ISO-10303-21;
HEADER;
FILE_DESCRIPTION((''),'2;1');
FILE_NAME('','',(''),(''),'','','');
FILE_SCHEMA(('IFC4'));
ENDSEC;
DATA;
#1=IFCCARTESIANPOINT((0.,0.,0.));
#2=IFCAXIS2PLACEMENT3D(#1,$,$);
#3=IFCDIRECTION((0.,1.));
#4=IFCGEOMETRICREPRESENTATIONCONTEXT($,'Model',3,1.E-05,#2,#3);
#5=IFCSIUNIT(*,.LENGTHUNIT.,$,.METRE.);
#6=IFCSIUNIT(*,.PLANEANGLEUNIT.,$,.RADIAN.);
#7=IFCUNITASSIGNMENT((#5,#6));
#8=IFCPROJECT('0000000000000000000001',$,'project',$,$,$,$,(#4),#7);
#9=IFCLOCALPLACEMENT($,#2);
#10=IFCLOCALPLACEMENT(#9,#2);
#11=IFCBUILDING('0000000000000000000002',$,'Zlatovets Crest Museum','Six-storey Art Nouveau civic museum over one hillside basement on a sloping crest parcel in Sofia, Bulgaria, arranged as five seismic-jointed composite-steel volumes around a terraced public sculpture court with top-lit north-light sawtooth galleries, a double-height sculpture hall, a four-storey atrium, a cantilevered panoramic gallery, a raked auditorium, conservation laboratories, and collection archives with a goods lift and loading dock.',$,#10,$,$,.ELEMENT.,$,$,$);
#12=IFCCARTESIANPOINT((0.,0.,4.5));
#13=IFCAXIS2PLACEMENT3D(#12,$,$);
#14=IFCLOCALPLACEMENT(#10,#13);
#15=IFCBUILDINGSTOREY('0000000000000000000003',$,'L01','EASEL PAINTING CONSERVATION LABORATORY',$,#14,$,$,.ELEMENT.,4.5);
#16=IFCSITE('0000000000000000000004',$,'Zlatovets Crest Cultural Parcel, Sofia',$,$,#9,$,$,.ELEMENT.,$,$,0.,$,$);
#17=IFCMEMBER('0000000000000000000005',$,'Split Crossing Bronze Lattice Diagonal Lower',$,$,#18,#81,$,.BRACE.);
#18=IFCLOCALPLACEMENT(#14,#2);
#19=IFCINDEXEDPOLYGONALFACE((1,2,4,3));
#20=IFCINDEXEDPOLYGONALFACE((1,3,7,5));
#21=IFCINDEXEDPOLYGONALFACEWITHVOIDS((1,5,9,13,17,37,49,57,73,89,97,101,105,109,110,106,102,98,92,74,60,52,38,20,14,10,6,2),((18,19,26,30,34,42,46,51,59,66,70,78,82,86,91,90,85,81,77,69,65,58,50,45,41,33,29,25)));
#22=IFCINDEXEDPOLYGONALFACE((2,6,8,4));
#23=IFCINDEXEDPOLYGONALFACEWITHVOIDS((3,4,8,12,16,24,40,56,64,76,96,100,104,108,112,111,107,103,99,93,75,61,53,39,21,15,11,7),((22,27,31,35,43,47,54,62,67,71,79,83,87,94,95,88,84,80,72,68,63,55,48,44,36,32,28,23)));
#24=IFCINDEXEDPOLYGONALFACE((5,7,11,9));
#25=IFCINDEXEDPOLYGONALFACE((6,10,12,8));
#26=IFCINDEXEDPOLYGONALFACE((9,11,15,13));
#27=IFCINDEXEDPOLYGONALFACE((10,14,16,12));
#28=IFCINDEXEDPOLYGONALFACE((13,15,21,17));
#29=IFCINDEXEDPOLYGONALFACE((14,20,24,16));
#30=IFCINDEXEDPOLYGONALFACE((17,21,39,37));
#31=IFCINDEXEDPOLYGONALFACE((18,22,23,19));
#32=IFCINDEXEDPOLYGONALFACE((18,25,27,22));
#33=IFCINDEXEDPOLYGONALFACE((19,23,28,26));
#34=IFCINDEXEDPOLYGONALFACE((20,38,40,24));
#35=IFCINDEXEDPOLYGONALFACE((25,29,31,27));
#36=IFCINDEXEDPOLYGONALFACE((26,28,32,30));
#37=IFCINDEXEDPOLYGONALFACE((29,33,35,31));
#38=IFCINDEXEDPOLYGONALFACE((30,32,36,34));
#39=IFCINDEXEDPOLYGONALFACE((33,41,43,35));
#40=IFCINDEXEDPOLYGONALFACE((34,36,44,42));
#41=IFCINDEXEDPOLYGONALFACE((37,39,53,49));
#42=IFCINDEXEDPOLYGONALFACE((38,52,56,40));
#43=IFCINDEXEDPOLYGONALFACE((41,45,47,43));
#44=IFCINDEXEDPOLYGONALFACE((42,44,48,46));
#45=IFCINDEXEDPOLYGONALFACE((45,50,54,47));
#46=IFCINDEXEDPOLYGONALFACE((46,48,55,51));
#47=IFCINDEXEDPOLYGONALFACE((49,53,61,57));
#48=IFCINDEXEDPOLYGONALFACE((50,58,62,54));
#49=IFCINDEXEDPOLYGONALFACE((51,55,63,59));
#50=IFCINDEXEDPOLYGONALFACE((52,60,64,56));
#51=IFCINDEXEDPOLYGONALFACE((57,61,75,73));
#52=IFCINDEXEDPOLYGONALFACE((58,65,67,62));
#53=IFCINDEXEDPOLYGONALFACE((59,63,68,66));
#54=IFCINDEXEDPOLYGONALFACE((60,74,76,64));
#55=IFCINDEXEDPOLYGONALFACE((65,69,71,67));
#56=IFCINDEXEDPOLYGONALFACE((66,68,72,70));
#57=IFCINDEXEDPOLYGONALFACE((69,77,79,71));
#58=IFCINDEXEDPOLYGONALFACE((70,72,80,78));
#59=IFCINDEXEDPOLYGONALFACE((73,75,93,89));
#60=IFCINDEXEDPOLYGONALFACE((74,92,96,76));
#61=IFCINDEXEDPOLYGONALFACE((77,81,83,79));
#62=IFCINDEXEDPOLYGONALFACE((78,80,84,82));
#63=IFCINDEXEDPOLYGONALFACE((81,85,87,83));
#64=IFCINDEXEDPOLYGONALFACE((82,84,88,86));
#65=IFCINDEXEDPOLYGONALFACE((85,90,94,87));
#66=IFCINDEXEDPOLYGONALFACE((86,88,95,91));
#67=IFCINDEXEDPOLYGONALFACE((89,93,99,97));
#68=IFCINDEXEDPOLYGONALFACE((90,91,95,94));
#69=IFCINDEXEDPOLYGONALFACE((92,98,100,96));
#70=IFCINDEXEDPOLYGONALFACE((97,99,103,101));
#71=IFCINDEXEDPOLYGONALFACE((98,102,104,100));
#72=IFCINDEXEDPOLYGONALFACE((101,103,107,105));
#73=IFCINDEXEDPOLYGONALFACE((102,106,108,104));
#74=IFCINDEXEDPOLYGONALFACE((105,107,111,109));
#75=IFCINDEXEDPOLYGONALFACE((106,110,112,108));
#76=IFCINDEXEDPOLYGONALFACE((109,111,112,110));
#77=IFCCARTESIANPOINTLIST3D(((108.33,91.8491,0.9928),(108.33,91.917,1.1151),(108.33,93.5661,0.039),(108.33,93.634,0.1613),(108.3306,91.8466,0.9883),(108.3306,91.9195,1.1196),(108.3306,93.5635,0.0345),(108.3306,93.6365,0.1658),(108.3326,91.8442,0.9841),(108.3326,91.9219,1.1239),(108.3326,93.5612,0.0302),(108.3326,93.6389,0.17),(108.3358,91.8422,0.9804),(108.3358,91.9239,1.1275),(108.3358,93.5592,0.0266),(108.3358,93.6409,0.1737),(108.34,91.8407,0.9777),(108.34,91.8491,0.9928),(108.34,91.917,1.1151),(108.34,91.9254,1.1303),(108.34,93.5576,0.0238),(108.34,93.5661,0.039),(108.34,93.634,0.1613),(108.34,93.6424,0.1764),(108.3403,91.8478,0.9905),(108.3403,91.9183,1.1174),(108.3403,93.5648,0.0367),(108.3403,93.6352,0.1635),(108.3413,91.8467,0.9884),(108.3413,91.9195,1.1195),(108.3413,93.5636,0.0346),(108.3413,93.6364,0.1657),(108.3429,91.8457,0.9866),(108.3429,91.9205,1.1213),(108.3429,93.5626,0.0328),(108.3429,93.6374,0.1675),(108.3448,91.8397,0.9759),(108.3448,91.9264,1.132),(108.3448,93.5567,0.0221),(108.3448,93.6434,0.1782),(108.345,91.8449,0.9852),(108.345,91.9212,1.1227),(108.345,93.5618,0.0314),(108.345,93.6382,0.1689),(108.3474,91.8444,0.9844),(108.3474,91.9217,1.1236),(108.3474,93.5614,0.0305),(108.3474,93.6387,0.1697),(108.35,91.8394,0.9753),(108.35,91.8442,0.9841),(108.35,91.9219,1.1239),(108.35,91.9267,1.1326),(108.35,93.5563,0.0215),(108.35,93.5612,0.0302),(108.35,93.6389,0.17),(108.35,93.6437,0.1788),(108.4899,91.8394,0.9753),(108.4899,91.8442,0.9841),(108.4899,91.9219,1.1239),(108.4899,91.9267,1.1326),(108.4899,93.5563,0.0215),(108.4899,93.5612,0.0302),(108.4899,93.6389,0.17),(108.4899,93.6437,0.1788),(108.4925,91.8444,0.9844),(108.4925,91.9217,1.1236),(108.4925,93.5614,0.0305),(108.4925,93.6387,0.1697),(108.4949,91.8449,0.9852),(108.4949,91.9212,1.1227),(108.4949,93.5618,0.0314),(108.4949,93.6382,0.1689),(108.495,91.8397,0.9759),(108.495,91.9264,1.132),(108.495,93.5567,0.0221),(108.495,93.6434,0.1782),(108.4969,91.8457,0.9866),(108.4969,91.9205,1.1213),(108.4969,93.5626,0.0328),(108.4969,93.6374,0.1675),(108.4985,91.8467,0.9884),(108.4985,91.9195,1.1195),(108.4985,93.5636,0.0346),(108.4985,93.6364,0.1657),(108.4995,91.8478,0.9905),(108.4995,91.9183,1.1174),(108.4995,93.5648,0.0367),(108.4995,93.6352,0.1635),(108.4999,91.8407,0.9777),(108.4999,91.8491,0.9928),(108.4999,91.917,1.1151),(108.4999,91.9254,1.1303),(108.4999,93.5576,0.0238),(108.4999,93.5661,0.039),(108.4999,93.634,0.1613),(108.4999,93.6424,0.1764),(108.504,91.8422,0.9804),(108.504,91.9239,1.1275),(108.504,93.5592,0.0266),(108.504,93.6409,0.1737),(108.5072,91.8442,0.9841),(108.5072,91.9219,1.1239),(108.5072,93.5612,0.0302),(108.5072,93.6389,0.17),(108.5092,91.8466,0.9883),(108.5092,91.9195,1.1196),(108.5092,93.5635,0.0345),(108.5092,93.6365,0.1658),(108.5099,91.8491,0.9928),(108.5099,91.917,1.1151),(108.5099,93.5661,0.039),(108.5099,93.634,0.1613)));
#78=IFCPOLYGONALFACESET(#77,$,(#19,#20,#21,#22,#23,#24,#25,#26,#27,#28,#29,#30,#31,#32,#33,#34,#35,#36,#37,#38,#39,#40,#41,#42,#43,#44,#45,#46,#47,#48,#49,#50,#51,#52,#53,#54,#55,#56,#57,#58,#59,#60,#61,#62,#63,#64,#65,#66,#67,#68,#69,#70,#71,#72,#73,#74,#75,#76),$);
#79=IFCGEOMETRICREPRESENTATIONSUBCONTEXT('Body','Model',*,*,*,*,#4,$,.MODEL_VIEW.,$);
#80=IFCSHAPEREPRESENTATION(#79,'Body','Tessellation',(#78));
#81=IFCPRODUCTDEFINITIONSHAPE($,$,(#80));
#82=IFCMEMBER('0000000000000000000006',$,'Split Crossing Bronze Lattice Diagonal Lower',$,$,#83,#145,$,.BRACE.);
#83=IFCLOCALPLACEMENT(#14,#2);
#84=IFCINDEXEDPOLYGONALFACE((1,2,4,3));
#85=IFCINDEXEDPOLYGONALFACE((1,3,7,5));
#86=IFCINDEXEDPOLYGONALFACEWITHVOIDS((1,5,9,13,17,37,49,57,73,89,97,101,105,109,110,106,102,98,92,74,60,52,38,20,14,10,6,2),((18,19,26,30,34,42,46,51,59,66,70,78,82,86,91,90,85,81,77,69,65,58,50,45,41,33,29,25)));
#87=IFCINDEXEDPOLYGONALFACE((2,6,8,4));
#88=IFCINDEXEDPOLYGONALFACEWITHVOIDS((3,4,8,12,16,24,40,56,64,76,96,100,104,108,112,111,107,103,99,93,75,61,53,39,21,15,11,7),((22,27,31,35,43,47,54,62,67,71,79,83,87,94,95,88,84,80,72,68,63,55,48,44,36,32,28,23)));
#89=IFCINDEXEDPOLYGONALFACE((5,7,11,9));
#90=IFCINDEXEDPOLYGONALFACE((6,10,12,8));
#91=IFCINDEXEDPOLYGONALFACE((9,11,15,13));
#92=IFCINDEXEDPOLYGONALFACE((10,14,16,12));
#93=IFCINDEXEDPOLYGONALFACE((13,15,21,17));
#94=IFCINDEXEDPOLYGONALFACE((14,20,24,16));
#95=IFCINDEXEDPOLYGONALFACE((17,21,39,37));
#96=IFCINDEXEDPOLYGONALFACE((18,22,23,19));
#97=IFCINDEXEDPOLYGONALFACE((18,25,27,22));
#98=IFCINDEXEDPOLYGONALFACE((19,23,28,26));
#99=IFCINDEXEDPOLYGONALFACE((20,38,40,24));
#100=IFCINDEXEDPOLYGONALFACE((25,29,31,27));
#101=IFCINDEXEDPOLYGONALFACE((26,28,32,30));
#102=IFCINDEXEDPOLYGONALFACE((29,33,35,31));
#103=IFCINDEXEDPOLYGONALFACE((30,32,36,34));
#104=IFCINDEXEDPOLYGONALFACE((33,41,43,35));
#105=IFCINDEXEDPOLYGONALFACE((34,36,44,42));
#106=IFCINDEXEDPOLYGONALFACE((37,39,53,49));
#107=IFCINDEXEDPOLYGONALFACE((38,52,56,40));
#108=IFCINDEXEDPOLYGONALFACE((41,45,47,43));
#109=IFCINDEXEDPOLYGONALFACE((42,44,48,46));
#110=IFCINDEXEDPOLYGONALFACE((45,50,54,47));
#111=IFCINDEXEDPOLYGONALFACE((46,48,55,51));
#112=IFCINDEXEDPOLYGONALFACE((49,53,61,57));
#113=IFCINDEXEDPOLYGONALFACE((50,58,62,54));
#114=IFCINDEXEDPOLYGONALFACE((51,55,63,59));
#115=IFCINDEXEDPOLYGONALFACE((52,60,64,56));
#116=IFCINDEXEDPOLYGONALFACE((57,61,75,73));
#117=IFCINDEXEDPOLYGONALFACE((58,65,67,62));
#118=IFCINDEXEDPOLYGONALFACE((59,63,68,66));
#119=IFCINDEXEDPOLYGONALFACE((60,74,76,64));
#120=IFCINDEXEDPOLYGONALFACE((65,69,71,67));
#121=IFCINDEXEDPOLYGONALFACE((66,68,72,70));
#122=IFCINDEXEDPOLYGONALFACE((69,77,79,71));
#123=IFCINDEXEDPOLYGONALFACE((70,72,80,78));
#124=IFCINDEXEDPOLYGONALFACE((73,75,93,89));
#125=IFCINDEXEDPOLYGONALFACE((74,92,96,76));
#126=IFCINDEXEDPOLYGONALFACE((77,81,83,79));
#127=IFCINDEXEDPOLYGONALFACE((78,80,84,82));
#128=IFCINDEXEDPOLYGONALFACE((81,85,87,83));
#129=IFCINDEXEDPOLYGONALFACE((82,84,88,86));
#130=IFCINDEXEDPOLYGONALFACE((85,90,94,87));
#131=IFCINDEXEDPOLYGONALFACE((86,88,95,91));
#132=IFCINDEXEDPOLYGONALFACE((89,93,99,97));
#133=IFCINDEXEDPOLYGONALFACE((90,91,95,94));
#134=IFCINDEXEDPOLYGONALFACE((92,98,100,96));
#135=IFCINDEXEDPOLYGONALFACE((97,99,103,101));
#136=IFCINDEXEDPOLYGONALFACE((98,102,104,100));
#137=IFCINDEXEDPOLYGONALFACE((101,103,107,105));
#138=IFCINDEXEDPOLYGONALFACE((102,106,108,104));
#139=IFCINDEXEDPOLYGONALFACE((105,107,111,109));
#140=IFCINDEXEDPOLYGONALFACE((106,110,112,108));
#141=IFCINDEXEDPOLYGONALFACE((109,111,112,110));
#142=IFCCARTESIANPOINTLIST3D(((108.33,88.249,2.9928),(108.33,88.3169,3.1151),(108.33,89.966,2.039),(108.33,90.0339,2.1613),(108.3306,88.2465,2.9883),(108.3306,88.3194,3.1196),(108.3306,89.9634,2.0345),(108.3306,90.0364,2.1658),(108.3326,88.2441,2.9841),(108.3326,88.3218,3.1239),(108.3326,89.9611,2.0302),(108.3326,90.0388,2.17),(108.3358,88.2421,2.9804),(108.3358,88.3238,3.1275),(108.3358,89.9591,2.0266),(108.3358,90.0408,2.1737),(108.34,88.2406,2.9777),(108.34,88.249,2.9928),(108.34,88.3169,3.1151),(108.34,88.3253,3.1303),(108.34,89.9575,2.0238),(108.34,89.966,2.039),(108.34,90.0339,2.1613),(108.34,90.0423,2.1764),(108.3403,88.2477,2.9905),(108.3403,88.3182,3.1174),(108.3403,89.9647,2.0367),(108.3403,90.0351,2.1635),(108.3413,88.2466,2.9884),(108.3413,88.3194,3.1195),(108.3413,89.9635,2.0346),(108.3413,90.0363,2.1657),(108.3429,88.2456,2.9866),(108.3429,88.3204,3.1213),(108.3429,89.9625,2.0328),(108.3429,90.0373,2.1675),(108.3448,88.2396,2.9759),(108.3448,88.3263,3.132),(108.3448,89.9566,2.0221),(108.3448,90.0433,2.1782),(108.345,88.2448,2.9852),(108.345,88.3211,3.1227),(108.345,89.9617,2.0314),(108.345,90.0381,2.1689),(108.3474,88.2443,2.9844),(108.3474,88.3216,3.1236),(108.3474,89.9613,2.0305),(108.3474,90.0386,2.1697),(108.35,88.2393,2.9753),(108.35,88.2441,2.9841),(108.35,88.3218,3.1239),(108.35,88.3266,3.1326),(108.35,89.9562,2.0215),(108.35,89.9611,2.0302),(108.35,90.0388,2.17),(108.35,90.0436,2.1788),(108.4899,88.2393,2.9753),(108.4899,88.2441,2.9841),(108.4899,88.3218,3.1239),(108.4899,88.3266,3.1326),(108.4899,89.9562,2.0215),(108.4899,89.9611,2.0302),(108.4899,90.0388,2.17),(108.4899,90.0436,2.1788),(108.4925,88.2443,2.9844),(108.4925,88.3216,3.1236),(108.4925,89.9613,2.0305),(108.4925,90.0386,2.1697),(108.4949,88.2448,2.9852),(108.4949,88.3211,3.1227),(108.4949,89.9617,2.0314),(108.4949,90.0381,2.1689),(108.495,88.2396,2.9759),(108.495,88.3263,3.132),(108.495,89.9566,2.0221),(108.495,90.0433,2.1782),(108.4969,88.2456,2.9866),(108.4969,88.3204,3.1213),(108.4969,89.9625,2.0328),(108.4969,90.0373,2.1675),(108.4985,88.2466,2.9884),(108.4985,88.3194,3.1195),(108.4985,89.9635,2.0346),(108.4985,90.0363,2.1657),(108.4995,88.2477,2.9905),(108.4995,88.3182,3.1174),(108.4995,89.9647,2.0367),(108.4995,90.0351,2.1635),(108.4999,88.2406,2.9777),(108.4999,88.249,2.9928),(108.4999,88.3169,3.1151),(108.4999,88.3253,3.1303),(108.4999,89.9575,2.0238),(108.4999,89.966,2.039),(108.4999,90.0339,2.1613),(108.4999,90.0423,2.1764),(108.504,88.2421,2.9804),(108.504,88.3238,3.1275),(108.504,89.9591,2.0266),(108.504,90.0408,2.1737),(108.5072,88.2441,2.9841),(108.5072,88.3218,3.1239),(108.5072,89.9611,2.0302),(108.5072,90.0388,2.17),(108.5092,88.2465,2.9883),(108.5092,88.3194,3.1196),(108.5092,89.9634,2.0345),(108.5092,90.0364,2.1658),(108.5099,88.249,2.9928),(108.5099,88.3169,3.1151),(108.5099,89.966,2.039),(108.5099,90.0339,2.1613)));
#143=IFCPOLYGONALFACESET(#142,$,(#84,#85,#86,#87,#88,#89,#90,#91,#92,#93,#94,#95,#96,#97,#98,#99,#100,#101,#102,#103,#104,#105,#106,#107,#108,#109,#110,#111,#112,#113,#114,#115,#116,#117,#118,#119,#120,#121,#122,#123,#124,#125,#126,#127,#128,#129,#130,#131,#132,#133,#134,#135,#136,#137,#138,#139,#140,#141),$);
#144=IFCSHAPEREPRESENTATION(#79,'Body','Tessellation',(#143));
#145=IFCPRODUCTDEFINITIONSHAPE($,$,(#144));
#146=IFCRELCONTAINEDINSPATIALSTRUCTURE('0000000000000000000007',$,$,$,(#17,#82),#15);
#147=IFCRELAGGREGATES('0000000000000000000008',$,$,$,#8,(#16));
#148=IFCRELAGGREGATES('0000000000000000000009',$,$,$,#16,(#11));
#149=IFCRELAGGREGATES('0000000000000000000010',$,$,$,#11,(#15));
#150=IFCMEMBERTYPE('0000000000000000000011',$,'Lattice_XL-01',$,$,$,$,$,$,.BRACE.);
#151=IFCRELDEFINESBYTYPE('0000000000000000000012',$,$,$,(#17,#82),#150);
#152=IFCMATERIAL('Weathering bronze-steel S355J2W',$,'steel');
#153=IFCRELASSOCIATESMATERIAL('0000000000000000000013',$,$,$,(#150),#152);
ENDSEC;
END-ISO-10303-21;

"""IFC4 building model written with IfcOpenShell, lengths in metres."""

from ifc_helpers import new_model, si_unit, direction, frame, origin, origin_2d, place, context, subcontext, project, spatial, hollow_rectangle, extrude, material, material_profile, profile_set, type_object, element, save


model = new_model("IFC4")

# Units and contexts
model_context = context("Model", 3, precision=1e-05, world=origin(), true_north=direction((0.0, 1.0)))
body_context = subcontext(model_context, "Body", "Model", "MODEL_VIEW")
ifc_project = project(units=[si_unit("LENGTHUNIT", "METRE"), si_unit("PLANEANGLEUNIT", "RADIAN")], contexts=[model_context])

# Site, building, storey
site_placement = place(None, origin())
site = spatial("IfcSite", under=ifc_project, at=site_placement, Name="Zlatovets Crest Cultural Parcel, Sofia", CompositionType="ELEMENT", RefElevation=0.0)
building_placement = place(site_placement, origin())
building = spatial("IfcBuilding", under=site, at=building_placement, Name="Zlatovets Crest Museum", Description="Six-storey Art Nouveau civic museum over one hillside basement on a sloping crest parcel in Sofia, Bulgaria, arranged as five seismic-jointed composite-steel volumes around a terraced public sculpture court with top-lit north-light sawtooth galleries, a double-height sculpture hall, a four-storey atrium, a cantilevered panoramic gallery, a raked auditorium, conservation laboratories, and collection archives with a goods lift and loading dock.", CompositionType="ELEMENT")
storey_placement = place(building_placement, frame((0.0, 0.0, 4.5)))
storey = spatial("IfcBuildingStorey", under=building, at=storey_placement, Name="L01", Description="EASEL PAINTING CONSERVATION LABORATORY", CompositionType="ELEMENT", Elevation=4.5)

# Members
ifc_material_1 = material(Name="Weathering bronze-steel S355J2W", Category="steel")
ifc_material_profile_1 = material_profile(ifc_material_1, hollow_rectangle(XDim=0.1799, YDim=0.1799, WallThickness=0.01, InnerFilletRadius=0.01, OuterFilletRadius=0.02, at=origin_2d()), Name="SHS 180x180x10.0")
ifc_profile_set_1 = profile_set([ifc_material_profile_1], Name="Weathering bronze-steel S355J2W")
member_type_1 = type_object("IfcMemberType", Name="Lattice_XL-01", PredefinedType="BRACE", material=ifc_profile_set_1)
for number, where, z_axis, x_axis, name in (
    (1, (108.4199, 91.8831, 1.054), (0.0, 0.874169, -0.485622), (-1.0, 0.0, 0.0), "Split Crossing Bronze Lattice Diagonal Lower"),
    (2, (108.4199, 88.283, 3.054), (0.0, 0.874169, -0.485622), (-1.0, 0.0, 0.0), "Split Crossing Bronze Lattice Diagonal Lower"),
):
    element("IfcMember", number, at=place(storey_placement, frame(where, z_axis=z_axis, x_axis=x_axis)), inside=storey, type_object=member_type_1, Name=name, PredefinedType="BRACE", context=body_context, shape_type="SweptSolid", body=[
        extrude(hollow_rectangle(XDim=0.1799, YDim=0.1799, WallThickness=0.01, InnerFilletRadius=0.01, OuterFilletRadius=0.02, at=origin_2d()), origin(), (0.0, 0.0, 1.0), 1.9641),
    ])

save(model, "model.ifc")
